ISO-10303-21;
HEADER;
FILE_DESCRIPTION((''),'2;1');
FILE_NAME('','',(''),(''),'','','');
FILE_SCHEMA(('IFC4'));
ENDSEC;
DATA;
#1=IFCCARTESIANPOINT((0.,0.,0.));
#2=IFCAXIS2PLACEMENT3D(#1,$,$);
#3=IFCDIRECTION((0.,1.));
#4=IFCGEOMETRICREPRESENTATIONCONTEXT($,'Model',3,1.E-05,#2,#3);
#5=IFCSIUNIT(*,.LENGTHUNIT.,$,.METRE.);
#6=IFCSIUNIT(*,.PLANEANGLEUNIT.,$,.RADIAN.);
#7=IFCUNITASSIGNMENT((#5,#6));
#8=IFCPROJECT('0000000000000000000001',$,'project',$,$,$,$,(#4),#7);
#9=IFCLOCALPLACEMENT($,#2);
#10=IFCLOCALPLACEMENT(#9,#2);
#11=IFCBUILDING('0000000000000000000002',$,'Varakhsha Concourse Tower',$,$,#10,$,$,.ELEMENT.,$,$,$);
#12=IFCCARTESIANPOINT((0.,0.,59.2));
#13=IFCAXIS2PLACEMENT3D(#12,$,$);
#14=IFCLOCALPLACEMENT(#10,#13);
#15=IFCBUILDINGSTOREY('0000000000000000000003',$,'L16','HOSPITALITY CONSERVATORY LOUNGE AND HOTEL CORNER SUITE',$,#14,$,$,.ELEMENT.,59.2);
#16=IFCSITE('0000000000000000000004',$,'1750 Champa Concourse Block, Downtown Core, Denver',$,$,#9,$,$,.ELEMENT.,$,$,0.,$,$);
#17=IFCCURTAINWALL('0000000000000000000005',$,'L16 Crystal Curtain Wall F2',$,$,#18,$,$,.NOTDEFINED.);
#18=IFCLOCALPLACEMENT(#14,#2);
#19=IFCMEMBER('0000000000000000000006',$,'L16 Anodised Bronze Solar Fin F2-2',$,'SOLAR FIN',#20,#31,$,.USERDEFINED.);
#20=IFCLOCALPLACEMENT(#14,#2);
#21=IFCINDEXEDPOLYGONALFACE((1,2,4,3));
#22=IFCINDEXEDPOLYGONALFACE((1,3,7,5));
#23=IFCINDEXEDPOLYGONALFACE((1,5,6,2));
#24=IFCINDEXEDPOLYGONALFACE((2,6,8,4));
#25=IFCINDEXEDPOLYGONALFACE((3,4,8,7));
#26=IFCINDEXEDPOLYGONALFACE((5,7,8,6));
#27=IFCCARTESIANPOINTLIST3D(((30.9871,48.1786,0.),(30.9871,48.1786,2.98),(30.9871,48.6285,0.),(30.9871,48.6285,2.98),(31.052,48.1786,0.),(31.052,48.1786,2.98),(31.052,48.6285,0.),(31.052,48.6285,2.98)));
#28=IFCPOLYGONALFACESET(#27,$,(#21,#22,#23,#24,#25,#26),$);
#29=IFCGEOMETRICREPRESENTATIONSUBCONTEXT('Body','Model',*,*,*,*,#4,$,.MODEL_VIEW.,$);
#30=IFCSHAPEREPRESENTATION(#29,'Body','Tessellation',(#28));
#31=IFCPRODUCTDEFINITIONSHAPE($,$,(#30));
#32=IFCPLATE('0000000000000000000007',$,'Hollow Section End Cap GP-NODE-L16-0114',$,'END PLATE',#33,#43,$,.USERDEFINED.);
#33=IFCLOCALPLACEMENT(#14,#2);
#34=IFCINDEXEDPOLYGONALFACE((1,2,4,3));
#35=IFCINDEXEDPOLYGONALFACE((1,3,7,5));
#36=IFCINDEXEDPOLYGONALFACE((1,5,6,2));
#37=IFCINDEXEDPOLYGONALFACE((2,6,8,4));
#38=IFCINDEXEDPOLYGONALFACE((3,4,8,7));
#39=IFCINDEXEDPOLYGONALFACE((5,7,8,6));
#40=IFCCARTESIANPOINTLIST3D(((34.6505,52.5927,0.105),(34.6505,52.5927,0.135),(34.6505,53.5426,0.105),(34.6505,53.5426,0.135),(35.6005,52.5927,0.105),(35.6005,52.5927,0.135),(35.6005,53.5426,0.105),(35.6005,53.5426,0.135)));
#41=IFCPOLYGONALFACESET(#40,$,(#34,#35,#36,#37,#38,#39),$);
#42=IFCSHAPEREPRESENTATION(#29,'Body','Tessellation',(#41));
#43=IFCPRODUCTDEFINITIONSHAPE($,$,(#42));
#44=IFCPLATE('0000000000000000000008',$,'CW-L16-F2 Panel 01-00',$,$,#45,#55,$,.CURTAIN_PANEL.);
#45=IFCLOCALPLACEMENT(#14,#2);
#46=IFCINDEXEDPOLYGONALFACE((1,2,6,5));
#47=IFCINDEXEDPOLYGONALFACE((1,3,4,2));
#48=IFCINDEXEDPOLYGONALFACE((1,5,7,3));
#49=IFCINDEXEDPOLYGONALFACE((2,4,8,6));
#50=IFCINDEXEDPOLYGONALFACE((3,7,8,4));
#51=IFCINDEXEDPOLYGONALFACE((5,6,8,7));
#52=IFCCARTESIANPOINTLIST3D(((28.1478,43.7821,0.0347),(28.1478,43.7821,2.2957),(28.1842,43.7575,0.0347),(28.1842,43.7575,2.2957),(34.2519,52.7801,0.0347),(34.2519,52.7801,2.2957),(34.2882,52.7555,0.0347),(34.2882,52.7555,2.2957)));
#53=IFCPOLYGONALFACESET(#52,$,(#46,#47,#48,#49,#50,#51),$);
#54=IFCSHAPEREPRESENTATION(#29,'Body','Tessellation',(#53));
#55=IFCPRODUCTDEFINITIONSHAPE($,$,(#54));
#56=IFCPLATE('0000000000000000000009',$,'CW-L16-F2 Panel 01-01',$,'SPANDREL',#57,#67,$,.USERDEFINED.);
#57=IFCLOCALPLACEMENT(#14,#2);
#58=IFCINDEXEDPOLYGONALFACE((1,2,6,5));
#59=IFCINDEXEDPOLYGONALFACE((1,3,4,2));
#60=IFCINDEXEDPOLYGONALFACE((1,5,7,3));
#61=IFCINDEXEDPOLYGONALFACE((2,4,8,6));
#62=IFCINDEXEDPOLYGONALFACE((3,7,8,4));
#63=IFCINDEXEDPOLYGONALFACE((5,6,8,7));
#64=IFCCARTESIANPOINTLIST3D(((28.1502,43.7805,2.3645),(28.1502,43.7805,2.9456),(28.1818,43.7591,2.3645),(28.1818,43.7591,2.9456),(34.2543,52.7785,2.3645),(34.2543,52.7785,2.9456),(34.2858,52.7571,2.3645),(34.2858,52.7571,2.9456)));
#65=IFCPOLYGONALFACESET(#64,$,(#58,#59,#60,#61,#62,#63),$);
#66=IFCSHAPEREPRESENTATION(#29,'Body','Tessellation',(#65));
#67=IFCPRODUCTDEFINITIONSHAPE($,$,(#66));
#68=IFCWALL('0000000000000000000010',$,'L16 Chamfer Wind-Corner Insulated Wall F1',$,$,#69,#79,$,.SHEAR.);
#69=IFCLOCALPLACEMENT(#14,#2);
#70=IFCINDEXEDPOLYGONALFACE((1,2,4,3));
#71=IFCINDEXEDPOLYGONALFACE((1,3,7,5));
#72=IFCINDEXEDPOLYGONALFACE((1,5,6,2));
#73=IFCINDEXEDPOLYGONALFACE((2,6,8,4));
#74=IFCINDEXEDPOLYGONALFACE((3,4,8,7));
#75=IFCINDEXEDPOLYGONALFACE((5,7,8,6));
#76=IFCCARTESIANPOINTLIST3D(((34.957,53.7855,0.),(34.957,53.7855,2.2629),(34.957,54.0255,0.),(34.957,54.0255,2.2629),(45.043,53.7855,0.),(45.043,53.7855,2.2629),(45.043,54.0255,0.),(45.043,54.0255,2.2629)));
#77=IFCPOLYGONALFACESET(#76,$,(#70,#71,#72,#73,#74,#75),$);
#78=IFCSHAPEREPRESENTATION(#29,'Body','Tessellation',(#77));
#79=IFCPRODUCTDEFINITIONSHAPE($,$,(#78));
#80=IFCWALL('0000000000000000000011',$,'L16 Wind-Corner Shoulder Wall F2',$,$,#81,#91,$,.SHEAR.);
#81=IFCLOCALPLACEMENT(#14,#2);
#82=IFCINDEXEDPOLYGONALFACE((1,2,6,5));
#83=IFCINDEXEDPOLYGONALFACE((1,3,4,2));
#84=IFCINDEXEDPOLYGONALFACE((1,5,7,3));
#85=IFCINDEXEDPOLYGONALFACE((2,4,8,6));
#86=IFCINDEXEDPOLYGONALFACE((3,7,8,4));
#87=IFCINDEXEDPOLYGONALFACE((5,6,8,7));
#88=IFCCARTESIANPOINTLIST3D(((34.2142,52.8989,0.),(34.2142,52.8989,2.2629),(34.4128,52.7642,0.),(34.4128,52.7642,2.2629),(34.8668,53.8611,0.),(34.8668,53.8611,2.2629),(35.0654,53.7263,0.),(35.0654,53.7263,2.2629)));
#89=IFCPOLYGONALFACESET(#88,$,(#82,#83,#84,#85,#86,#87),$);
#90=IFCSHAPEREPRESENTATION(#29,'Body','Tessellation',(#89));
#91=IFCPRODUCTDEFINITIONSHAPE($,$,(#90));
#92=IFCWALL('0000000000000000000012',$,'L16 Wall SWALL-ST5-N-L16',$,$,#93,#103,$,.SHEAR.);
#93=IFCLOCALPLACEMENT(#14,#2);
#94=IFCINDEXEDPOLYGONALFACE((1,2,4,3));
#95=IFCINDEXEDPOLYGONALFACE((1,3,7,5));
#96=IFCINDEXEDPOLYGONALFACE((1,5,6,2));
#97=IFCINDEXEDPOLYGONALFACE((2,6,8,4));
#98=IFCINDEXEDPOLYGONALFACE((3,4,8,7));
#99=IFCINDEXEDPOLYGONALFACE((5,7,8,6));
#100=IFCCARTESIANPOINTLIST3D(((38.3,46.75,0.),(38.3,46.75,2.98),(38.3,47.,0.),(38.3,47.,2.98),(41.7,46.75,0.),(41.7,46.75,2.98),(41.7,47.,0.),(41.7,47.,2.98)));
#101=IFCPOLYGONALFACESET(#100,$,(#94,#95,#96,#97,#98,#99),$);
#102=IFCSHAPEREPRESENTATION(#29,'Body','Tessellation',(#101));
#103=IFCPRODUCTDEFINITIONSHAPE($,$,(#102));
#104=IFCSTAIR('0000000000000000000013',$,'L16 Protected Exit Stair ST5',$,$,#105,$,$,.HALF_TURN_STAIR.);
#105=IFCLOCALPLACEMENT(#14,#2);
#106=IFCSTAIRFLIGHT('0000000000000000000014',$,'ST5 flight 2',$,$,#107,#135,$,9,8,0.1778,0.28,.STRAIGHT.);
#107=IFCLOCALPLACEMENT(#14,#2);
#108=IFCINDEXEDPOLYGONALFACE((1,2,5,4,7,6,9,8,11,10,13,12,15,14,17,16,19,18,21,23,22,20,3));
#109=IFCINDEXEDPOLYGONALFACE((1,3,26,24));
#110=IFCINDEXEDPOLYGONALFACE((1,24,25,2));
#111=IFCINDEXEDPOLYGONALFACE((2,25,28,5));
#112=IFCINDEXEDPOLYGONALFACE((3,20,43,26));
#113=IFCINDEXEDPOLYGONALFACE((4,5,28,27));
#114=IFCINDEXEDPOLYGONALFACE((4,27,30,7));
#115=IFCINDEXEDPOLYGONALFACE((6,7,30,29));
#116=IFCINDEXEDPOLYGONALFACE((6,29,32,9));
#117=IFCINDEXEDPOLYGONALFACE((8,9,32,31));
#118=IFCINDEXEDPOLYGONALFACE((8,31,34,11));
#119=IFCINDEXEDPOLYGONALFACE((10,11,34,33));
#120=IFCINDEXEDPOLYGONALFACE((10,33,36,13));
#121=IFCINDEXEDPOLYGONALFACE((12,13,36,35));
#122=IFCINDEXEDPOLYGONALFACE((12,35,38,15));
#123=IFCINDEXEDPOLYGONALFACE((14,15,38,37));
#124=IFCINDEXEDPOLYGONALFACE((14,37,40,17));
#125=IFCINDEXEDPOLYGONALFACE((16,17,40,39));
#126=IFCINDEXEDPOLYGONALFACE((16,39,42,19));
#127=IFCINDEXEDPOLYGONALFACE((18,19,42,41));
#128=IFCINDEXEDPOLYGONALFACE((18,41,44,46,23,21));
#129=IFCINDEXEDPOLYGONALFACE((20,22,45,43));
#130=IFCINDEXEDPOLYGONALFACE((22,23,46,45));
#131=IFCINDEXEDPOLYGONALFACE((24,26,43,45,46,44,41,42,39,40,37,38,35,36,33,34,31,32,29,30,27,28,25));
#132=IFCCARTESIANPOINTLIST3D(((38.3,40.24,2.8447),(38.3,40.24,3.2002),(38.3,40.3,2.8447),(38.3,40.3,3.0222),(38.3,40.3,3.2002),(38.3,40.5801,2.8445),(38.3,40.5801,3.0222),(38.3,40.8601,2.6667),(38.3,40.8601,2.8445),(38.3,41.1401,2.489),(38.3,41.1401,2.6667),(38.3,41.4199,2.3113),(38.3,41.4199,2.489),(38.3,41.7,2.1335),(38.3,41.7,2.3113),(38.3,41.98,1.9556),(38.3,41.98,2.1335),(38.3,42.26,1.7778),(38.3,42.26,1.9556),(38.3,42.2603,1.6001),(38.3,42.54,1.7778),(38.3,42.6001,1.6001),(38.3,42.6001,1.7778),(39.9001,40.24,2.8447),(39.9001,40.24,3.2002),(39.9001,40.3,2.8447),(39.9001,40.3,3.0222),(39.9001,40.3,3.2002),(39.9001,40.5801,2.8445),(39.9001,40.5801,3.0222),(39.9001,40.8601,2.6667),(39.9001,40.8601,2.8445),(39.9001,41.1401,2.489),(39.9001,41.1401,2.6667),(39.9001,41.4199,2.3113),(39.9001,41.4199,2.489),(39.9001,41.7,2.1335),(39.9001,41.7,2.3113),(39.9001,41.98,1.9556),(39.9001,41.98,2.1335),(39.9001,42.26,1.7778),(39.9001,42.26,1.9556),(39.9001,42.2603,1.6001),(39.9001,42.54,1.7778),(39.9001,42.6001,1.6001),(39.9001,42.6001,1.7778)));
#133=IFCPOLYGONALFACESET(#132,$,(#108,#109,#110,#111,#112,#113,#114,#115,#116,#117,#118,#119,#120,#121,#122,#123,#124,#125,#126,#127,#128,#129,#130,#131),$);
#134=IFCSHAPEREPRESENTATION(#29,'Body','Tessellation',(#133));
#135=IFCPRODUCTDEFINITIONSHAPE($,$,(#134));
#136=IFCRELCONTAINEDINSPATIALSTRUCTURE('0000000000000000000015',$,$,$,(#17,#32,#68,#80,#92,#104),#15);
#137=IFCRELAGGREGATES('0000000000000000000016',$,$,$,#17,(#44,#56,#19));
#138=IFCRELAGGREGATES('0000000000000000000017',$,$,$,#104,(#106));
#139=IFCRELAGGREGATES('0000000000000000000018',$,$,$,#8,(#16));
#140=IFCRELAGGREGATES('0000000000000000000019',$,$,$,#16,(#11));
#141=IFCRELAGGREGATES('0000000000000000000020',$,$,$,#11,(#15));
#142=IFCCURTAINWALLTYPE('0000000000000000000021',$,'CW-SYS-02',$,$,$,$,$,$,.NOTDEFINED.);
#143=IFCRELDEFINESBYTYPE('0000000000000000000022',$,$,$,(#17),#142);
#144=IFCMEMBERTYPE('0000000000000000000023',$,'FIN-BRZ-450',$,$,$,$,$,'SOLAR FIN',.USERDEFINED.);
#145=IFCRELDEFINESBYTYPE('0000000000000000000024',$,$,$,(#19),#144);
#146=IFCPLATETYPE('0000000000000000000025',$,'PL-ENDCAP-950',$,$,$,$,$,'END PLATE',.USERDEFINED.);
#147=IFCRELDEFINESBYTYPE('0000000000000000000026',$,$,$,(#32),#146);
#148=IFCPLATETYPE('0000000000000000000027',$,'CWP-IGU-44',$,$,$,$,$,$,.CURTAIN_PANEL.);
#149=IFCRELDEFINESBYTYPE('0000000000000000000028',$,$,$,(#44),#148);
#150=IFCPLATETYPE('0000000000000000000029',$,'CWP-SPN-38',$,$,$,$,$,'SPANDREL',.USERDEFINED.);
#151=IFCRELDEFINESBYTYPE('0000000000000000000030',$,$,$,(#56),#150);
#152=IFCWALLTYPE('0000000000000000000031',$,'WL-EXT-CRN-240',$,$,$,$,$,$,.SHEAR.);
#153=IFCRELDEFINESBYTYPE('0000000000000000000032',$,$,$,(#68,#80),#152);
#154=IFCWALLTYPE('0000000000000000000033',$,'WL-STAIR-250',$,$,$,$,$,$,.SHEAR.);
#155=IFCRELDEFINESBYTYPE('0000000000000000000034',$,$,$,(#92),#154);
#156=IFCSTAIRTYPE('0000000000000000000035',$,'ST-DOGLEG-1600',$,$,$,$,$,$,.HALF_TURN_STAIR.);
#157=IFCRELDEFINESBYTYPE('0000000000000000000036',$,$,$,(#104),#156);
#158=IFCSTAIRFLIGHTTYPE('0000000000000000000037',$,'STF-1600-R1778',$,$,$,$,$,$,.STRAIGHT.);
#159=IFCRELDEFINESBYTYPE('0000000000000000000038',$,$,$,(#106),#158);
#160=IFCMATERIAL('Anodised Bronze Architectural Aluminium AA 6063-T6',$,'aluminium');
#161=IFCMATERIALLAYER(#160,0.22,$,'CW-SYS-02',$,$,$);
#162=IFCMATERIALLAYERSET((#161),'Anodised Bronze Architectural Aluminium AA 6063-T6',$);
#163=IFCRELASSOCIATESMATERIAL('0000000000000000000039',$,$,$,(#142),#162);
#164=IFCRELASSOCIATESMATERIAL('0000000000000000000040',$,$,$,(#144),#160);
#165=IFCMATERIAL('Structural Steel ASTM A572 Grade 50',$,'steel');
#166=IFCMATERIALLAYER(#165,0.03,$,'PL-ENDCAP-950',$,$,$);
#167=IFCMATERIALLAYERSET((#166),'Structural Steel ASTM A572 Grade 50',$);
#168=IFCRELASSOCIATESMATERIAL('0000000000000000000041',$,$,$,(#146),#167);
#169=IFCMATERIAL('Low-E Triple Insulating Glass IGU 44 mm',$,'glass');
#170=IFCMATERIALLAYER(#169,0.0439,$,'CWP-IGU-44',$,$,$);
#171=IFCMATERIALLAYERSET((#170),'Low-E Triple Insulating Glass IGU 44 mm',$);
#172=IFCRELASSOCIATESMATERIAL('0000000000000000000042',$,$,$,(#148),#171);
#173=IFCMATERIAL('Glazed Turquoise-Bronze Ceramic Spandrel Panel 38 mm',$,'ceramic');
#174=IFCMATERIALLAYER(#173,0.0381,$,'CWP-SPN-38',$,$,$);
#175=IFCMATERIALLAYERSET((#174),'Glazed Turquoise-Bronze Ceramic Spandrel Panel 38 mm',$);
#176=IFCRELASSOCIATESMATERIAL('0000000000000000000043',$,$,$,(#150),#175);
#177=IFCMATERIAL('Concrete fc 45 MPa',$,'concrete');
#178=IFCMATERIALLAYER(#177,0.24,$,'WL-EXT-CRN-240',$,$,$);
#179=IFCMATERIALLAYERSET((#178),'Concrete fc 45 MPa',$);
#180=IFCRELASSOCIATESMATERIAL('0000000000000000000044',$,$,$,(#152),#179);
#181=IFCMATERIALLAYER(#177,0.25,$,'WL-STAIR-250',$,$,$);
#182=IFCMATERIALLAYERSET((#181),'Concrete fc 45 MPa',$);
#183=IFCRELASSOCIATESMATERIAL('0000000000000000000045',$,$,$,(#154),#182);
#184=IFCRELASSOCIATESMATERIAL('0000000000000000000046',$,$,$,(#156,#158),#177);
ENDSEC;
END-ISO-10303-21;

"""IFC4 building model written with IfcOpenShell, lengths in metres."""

from ifc_helpers import new_model, si_unit, direction, frame, frame_2d, origin, origin_2d, place, context, subcontext, project, spatial, polyline, rectangle, outline, extrude, source, transform, mapped, material, layer, layer_set, material_profile, profile_set, type_object, type_shapes, element, aggregate, save


model = new_model("IFC4")

# Units and contexts
model_context = context("Model", 3, precision=1e-05, world=origin(), true_north=direction((0.0, 1.0)))
body_context = subcontext(model_context, "Body", "Model", "MODEL_VIEW")
ifc_project = project(units=[si_unit("LENGTHUNIT", "METRE"), si_unit("PLANEANGLEUNIT", "RADIAN")], contexts=[model_context])

# Site, building, storey
site_placement = place(None, origin())
site = spatial("IfcSite", under=ifc_project, at=site_placement, Name="1750 Champa Concourse Block, Downtown Core, Denver", CompositionType="ELEMENT", RefElevation=0.0)
building_placement = place(site_placement, origin())
building = spatial("IfcBuilding", under=site, at=building_placement, Name="Varakhsha Concourse Tower", CompositionType="ELEMENT")
storey_placement = place(building_placement, frame((0.0, 0.0, 59.2)))
storey = spatial("IfcBuildingStorey", under=building, at=storey_placement, Name="L16", Description="HOSPITALITY CONSERVATORY LOUNGE AND HOTEL CORNER SUITE", CompositionType="ELEMENT", Elevation=59.2)

# Shared definitions
ifc_material_1 = material(Name="Structural Steel ASTM A572 Grade 50", Category="steel")

# Curtain wall, member
ifc_material_2 = material(Name="Anodised Bronze Architectural Aluminium AA 6063-T6", Category="aluminium")
ifc_layer_1 = layer(ifc_material_2, 0.22, Name="CW-SYS-02")
ifc_layer_set_1 = layer_set([ifc_layer_1], Name="Anodised Bronze Architectural Aluminium AA 6063-T6")
curtain_wall_type = type_object("IfcCurtainWallType", Name="CW-SYS-02", PredefinedType="NOTDEFINED", material=ifc_layer_set_1)
curtain_wall_placement = place(storey_placement, origin())
curtain_wall = element("IfcCurtainWall", 1, at=curtain_wall_placement, inside=storey, type_object=curtain_wall_type, Name="L16 Crystal Curtain Wall F2", PredefinedType="NOTDEFINED")
ifc_material_profile_1 = material_profile(ifc_material_2, rectangle(XDim=0.0649, YDim=0.45, at=origin_2d()), Name="FIN-BRZ-450")
ifc_profile_set_1 = profile_set([ifc_material_profile_1], Name="Anodised Bronze Architectural Aluminium AA 6063-T6")
member_type_1 = type_object("IfcMemberType", Name="FIN-BRZ-450", ElementType="SOLAR FIN", PredefinedType="USERDEFINED", material=ifc_profile_set_1)
shared_shape_1 = source(origin(), body_context, "Body", "SweptSolid", [
    extrude(rectangle(XDim=0.0649, YDim=0.45, at=origin_2d()), origin(), (0.0, 0.0, 1.0), 2.98),
])
type_shapes(member_type_1, [shared_shape_1])
member_1_placement = place(storey_placement, frame((31.0195, 48.4036, 0.0), z_axis=(0.0, 0.0, 1.0), x_axis=(1.0, 0.0, 0.0)))
member_1 = element("IfcMember", 2, at=member_1_placement, type_object=member_type_1, Name="L16 Anodised Bronze Solar Fin F2-2", ObjectType="SOLAR FIN", PredefinedType="USERDEFINED", context=body_context, shape_type="MappedRepresentation", body=[
    mapped(shared_shape_1, transform((0.0, 0.0, 0.0), scale=1.0)),
])

# Plates
ifc_layer_2 = layer(ifc_material_1, 0.03, Name="PL-ENDCAP-950")
ifc_layer_set_2 = layer_set([ifc_layer_2], Name="Structural Steel ASTM A572 Grade 50")
plate_type_1 = type_object("IfcPlateType", Name="PL-ENDCAP-950", ElementType="END PLATE", PredefinedType="USERDEFINED", material=ifc_layer_set_2)
shared_shape_2 = source(origin(), body_context, "Body", "SweptSolid", [
    extrude(rectangle(XDim=0.95, YDim=0.95, at=origin_2d()), origin(), (0.0, 0.0, 1.0), 0.03),
])
type_shapes(plate_type_1, [shared_shape_2])
plate_1_placement = place(storey_placement, frame((35.1255, 53.0676, 0.105), z_axis=(0.0, 0.0, 1.0), x_axis=(1.0, 0.0, 0.0)))
element("IfcPlate", 3, at=plate_1_placement, inside=storey, type_object=plate_type_1, Name="Hollow Section End Cap GP-NODE-L16-0114", ObjectType="END PLATE", PredefinedType="USERDEFINED", context=body_context, shape_type="MappedRepresentation", body=[
    mapped(shared_shape_2, transform((0.0, 0.0, 0.0), scale=1.0)),
])
ifc_material_3 = material(Name="Low-E Triple Insulating Glass IGU 44 mm", Category="glass")
ifc_layer_3 = layer(ifc_material_3, 0.0439, Name="CWP-IGU-44")
ifc_layer_set_3 = layer_set([ifc_layer_3], Name="Low-E Triple Insulating Glass IGU 44 mm")
plate_type_2 = type_object("IfcPlateType", Name="CWP-IGU-44", PredefinedType="CURTAIN_PANEL", material=ifc_layer_set_3)
shared_shape_3 = source(origin(), body_context, "Body", "SweptSolid", [
    extrude(rectangle(XDim=10.873, YDim=0.0439, at=origin_2d()), origin(), (0.0, 0.0, 1.0), 2.261),
])
type_shapes(plate_type_2, [shared_shape_3])
plate_2_placement = place(storey_placement, frame((31.218, 48.2688, 0.0347), z_axis=(0.0, 0.0, 1.0), x_axis=(0.561392, 0.82755, 0.0)))
plate_2 = element("IfcPlate", 4, at=plate_2_placement, type_object=plate_type_2, Name="CW-L16-F2 Panel 01-00", PredefinedType="CURTAIN_PANEL", context=body_context, shape_type="MappedRepresentation", body=[
    mapped(shared_shape_3, transform((0.0, 0.0, 0.0), scale=1.0)),
])
ifc_material_4 = material(Name="Glazed Turquoise-Bronze Ceramic Spandrel Panel 38 mm", Category="ceramic")
ifc_layer_4 = layer(ifc_material_4, 0.0381, Name="CWP-SPN-38")
ifc_layer_set_4 = layer_set([ifc_layer_4], Name="Glazed Turquoise-Bronze Ceramic Spandrel Panel 38 mm")
plate_type_3 = type_object("IfcPlateType", Name="CWP-SPN-38", ElementType="SPANDREL", PredefinedType="USERDEFINED", material=ifc_layer_set_4)
shared_shape_4 = source(origin(), body_context, "Body", "SweptSolid", [
    extrude(rectangle(XDim=10.873, YDim=0.0381, at=origin_2d()), origin(), (0.0, 0.0, 1.0), 0.5811),
])
type_shapes(plate_type_3, [shared_shape_4])
plate_3_placement = place(storey_placement, frame((31.218, 48.2688, 2.3645), z_axis=(0.0, 0.0, 1.0), x_axis=(0.561392, 0.82755, 0.0)))
plate_3 = element("IfcPlate", 5, at=plate_3_placement, type_object=plate_type_3, Name="CW-L16-F2 Panel 01-01", ObjectType="SPANDREL", PredefinedType="USERDEFINED", context=body_context, shape_type="MappedRepresentation", body=[
    mapped(shared_shape_4, transform((0.0, 0.0, 0.0), scale=1.0)),
])
aggregate(curtain_wall, [plate_2, plate_3, member_1])

# Walls
ifc_material_5 = material(Name="Concrete fc 45 MPa", Category="concrete")
ifc_layer_5 = layer(ifc_material_5, 0.24, Name="WL-EXT-CRN-240")
ifc_layer_set_5 = layer_set([ifc_layer_5], Name="Concrete fc 45 MPa")
wall_type_1 = type_object("IfcWallType", Name="WL-EXT-CRN-240", PredefinedType="SHEAR", material=ifc_layer_set_5)
wall_1_placement = place(storey_placement, frame((34.957, 53.9055, 0.0), z_axis=(0.0, 0.0, 1.0), x_axis=(1.0, 0.0, 0.0)))
element("IfcWall", 6, at=wall_1_placement, inside=storey, type_object=wall_type_1, Name="L16 Chamfer Wind-Corner Insulated Wall F1", PredefinedType="SHEAR", context=body_context, shape_type="SweptSolid", body=[
    extrude(rectangle(XDim=10.0859, YDim=0.24, at=frame_2d((5.043, 0.0))), origin(), (0.0, 0.0, 1.0), 2.2629),
])
wall_2_placement = place(storey_placement, frame((34.9661, 53.7937, 0.0), z_axis=(0.0, 0.0, 1.0), x_axis=(-0.561322, -0.827598, 0.0)))
element("IfcWall", 7, at=wall_2_placement, inside=storey, type_object=wall_type_1, Name="L16 Wind-Corner Shoulder Wall F2", PredefinedType="SHEAR", context=body_context, shape_type="SweptSolid", body=[
    extrude(rectangle(XDim=1.1626, YDim=0.24, at=frame_2d((0.5813, 0.0))), origin(), (0.0, 0.0, 1.0), 2.2629),
])
ifc_layer_6 = layer(ifc_material_5, 0.25, Name="WL-STAIR-250")
ifc_layer_set_6 = layer_set([ifc_layer_6], Name="Concrete fc 45 MPa")
wall_type_2 = type_object("IfcWallType", Name="WL-STAIR-250", PredefinedType="SHEAR", material=ifc_layer_set_6)
wall_3_placement = place(storey_placement, frame((38.3, 46.875, 0.0), z_axis=(0.0, 0.0, 1.0), x_axis=(1.0, 0.0, 0.0)))
element("IfcWall", 8, at=wall_3_placement, inside=storey, type_object=wall_type_2, Name="L16 Wall SWALL-ST5-N-L16", PredefinedType="SHEAR", context=body_context, shape_type="SweptSolid", body=[
    extrude(rectangle(XDim=3.3999, YDim=0.25, at=frame_2d((1.7, 0.0))), origin(), (0.0, 0.0, 1.0), 2.98),
])

# Stair, stair flight
stair_type = type_object("IfcStairType", Name="ST-DOGLEG-1600", PredefinedType="HALF_TURN_STAIR", material=ifc_material_5)
stair_placement = place(storey_placement, origin())
stair = element("IfcStair", 9, at=stair_placement, inside=storey, type_object=stair_type, Name="L16 Protected Exit Stair ST5", PredefinedType="HALF_TURN_STAIR")
stair_flight_type = type_object("IfcStairFlightType", Name="STF-1600-R1778", PredefinedType="STRAIGHT", material=ifc_material_5)
stair_flight_placement = place(storey_placement, frame((39.1001, 42.54, 1.6001), z_axis=(0.0, 0.0, 1.0), x_axis=(0.0, -1.0, 0.0)))
stair_flight = element("IfcStairFlight", 10, at=stair_flight_placement, type_object=stair_flight_type, Name="ST5 flight 2", NumberOfRisers=9, NumberOfTreads=8, PredefinedType="STRAIGHT", RiserHeight=0.1778, TreadLength=0.28, context=body_context, shape_type="SweptSolid", body=[
    extrude(outline(polyline([(-0.0601, 0.0), (-0.0601, 0.1777), (0.0, 0.1777), (0.28, 0.1777), (0.28, 0.3555), (0.5601, 0.3555), (0.5601, 0.5334), (0.8401, 0.5334), (0.8401, 0.7112), (1.1201, 0.7112), (1.1201, 0.8889), (1.3999, 0.8889), (1.3999, 1.0667), (1.6799, 1.0667), (1.6799, 1.2444), (1.96, 1.2444), (1.96, 1.4221), (2.24, 1.4221), (2.24, 1.6001), (2.3, 1.6001), (2.3, 1.2446), (2.24, 1.2446), (0.2798, 0.0), (-0.0601, 0.0)])), frame((0.0, 0.8, 0.0), z_axis=(0.0, -1.0, 0.0), x_axis=(1.0, 0.0, 0.0)), (0.0, 0.0, 1.0), 1.6001),
])
aggregate(stair, [stair_flight])

save(model, "model.ifc")
